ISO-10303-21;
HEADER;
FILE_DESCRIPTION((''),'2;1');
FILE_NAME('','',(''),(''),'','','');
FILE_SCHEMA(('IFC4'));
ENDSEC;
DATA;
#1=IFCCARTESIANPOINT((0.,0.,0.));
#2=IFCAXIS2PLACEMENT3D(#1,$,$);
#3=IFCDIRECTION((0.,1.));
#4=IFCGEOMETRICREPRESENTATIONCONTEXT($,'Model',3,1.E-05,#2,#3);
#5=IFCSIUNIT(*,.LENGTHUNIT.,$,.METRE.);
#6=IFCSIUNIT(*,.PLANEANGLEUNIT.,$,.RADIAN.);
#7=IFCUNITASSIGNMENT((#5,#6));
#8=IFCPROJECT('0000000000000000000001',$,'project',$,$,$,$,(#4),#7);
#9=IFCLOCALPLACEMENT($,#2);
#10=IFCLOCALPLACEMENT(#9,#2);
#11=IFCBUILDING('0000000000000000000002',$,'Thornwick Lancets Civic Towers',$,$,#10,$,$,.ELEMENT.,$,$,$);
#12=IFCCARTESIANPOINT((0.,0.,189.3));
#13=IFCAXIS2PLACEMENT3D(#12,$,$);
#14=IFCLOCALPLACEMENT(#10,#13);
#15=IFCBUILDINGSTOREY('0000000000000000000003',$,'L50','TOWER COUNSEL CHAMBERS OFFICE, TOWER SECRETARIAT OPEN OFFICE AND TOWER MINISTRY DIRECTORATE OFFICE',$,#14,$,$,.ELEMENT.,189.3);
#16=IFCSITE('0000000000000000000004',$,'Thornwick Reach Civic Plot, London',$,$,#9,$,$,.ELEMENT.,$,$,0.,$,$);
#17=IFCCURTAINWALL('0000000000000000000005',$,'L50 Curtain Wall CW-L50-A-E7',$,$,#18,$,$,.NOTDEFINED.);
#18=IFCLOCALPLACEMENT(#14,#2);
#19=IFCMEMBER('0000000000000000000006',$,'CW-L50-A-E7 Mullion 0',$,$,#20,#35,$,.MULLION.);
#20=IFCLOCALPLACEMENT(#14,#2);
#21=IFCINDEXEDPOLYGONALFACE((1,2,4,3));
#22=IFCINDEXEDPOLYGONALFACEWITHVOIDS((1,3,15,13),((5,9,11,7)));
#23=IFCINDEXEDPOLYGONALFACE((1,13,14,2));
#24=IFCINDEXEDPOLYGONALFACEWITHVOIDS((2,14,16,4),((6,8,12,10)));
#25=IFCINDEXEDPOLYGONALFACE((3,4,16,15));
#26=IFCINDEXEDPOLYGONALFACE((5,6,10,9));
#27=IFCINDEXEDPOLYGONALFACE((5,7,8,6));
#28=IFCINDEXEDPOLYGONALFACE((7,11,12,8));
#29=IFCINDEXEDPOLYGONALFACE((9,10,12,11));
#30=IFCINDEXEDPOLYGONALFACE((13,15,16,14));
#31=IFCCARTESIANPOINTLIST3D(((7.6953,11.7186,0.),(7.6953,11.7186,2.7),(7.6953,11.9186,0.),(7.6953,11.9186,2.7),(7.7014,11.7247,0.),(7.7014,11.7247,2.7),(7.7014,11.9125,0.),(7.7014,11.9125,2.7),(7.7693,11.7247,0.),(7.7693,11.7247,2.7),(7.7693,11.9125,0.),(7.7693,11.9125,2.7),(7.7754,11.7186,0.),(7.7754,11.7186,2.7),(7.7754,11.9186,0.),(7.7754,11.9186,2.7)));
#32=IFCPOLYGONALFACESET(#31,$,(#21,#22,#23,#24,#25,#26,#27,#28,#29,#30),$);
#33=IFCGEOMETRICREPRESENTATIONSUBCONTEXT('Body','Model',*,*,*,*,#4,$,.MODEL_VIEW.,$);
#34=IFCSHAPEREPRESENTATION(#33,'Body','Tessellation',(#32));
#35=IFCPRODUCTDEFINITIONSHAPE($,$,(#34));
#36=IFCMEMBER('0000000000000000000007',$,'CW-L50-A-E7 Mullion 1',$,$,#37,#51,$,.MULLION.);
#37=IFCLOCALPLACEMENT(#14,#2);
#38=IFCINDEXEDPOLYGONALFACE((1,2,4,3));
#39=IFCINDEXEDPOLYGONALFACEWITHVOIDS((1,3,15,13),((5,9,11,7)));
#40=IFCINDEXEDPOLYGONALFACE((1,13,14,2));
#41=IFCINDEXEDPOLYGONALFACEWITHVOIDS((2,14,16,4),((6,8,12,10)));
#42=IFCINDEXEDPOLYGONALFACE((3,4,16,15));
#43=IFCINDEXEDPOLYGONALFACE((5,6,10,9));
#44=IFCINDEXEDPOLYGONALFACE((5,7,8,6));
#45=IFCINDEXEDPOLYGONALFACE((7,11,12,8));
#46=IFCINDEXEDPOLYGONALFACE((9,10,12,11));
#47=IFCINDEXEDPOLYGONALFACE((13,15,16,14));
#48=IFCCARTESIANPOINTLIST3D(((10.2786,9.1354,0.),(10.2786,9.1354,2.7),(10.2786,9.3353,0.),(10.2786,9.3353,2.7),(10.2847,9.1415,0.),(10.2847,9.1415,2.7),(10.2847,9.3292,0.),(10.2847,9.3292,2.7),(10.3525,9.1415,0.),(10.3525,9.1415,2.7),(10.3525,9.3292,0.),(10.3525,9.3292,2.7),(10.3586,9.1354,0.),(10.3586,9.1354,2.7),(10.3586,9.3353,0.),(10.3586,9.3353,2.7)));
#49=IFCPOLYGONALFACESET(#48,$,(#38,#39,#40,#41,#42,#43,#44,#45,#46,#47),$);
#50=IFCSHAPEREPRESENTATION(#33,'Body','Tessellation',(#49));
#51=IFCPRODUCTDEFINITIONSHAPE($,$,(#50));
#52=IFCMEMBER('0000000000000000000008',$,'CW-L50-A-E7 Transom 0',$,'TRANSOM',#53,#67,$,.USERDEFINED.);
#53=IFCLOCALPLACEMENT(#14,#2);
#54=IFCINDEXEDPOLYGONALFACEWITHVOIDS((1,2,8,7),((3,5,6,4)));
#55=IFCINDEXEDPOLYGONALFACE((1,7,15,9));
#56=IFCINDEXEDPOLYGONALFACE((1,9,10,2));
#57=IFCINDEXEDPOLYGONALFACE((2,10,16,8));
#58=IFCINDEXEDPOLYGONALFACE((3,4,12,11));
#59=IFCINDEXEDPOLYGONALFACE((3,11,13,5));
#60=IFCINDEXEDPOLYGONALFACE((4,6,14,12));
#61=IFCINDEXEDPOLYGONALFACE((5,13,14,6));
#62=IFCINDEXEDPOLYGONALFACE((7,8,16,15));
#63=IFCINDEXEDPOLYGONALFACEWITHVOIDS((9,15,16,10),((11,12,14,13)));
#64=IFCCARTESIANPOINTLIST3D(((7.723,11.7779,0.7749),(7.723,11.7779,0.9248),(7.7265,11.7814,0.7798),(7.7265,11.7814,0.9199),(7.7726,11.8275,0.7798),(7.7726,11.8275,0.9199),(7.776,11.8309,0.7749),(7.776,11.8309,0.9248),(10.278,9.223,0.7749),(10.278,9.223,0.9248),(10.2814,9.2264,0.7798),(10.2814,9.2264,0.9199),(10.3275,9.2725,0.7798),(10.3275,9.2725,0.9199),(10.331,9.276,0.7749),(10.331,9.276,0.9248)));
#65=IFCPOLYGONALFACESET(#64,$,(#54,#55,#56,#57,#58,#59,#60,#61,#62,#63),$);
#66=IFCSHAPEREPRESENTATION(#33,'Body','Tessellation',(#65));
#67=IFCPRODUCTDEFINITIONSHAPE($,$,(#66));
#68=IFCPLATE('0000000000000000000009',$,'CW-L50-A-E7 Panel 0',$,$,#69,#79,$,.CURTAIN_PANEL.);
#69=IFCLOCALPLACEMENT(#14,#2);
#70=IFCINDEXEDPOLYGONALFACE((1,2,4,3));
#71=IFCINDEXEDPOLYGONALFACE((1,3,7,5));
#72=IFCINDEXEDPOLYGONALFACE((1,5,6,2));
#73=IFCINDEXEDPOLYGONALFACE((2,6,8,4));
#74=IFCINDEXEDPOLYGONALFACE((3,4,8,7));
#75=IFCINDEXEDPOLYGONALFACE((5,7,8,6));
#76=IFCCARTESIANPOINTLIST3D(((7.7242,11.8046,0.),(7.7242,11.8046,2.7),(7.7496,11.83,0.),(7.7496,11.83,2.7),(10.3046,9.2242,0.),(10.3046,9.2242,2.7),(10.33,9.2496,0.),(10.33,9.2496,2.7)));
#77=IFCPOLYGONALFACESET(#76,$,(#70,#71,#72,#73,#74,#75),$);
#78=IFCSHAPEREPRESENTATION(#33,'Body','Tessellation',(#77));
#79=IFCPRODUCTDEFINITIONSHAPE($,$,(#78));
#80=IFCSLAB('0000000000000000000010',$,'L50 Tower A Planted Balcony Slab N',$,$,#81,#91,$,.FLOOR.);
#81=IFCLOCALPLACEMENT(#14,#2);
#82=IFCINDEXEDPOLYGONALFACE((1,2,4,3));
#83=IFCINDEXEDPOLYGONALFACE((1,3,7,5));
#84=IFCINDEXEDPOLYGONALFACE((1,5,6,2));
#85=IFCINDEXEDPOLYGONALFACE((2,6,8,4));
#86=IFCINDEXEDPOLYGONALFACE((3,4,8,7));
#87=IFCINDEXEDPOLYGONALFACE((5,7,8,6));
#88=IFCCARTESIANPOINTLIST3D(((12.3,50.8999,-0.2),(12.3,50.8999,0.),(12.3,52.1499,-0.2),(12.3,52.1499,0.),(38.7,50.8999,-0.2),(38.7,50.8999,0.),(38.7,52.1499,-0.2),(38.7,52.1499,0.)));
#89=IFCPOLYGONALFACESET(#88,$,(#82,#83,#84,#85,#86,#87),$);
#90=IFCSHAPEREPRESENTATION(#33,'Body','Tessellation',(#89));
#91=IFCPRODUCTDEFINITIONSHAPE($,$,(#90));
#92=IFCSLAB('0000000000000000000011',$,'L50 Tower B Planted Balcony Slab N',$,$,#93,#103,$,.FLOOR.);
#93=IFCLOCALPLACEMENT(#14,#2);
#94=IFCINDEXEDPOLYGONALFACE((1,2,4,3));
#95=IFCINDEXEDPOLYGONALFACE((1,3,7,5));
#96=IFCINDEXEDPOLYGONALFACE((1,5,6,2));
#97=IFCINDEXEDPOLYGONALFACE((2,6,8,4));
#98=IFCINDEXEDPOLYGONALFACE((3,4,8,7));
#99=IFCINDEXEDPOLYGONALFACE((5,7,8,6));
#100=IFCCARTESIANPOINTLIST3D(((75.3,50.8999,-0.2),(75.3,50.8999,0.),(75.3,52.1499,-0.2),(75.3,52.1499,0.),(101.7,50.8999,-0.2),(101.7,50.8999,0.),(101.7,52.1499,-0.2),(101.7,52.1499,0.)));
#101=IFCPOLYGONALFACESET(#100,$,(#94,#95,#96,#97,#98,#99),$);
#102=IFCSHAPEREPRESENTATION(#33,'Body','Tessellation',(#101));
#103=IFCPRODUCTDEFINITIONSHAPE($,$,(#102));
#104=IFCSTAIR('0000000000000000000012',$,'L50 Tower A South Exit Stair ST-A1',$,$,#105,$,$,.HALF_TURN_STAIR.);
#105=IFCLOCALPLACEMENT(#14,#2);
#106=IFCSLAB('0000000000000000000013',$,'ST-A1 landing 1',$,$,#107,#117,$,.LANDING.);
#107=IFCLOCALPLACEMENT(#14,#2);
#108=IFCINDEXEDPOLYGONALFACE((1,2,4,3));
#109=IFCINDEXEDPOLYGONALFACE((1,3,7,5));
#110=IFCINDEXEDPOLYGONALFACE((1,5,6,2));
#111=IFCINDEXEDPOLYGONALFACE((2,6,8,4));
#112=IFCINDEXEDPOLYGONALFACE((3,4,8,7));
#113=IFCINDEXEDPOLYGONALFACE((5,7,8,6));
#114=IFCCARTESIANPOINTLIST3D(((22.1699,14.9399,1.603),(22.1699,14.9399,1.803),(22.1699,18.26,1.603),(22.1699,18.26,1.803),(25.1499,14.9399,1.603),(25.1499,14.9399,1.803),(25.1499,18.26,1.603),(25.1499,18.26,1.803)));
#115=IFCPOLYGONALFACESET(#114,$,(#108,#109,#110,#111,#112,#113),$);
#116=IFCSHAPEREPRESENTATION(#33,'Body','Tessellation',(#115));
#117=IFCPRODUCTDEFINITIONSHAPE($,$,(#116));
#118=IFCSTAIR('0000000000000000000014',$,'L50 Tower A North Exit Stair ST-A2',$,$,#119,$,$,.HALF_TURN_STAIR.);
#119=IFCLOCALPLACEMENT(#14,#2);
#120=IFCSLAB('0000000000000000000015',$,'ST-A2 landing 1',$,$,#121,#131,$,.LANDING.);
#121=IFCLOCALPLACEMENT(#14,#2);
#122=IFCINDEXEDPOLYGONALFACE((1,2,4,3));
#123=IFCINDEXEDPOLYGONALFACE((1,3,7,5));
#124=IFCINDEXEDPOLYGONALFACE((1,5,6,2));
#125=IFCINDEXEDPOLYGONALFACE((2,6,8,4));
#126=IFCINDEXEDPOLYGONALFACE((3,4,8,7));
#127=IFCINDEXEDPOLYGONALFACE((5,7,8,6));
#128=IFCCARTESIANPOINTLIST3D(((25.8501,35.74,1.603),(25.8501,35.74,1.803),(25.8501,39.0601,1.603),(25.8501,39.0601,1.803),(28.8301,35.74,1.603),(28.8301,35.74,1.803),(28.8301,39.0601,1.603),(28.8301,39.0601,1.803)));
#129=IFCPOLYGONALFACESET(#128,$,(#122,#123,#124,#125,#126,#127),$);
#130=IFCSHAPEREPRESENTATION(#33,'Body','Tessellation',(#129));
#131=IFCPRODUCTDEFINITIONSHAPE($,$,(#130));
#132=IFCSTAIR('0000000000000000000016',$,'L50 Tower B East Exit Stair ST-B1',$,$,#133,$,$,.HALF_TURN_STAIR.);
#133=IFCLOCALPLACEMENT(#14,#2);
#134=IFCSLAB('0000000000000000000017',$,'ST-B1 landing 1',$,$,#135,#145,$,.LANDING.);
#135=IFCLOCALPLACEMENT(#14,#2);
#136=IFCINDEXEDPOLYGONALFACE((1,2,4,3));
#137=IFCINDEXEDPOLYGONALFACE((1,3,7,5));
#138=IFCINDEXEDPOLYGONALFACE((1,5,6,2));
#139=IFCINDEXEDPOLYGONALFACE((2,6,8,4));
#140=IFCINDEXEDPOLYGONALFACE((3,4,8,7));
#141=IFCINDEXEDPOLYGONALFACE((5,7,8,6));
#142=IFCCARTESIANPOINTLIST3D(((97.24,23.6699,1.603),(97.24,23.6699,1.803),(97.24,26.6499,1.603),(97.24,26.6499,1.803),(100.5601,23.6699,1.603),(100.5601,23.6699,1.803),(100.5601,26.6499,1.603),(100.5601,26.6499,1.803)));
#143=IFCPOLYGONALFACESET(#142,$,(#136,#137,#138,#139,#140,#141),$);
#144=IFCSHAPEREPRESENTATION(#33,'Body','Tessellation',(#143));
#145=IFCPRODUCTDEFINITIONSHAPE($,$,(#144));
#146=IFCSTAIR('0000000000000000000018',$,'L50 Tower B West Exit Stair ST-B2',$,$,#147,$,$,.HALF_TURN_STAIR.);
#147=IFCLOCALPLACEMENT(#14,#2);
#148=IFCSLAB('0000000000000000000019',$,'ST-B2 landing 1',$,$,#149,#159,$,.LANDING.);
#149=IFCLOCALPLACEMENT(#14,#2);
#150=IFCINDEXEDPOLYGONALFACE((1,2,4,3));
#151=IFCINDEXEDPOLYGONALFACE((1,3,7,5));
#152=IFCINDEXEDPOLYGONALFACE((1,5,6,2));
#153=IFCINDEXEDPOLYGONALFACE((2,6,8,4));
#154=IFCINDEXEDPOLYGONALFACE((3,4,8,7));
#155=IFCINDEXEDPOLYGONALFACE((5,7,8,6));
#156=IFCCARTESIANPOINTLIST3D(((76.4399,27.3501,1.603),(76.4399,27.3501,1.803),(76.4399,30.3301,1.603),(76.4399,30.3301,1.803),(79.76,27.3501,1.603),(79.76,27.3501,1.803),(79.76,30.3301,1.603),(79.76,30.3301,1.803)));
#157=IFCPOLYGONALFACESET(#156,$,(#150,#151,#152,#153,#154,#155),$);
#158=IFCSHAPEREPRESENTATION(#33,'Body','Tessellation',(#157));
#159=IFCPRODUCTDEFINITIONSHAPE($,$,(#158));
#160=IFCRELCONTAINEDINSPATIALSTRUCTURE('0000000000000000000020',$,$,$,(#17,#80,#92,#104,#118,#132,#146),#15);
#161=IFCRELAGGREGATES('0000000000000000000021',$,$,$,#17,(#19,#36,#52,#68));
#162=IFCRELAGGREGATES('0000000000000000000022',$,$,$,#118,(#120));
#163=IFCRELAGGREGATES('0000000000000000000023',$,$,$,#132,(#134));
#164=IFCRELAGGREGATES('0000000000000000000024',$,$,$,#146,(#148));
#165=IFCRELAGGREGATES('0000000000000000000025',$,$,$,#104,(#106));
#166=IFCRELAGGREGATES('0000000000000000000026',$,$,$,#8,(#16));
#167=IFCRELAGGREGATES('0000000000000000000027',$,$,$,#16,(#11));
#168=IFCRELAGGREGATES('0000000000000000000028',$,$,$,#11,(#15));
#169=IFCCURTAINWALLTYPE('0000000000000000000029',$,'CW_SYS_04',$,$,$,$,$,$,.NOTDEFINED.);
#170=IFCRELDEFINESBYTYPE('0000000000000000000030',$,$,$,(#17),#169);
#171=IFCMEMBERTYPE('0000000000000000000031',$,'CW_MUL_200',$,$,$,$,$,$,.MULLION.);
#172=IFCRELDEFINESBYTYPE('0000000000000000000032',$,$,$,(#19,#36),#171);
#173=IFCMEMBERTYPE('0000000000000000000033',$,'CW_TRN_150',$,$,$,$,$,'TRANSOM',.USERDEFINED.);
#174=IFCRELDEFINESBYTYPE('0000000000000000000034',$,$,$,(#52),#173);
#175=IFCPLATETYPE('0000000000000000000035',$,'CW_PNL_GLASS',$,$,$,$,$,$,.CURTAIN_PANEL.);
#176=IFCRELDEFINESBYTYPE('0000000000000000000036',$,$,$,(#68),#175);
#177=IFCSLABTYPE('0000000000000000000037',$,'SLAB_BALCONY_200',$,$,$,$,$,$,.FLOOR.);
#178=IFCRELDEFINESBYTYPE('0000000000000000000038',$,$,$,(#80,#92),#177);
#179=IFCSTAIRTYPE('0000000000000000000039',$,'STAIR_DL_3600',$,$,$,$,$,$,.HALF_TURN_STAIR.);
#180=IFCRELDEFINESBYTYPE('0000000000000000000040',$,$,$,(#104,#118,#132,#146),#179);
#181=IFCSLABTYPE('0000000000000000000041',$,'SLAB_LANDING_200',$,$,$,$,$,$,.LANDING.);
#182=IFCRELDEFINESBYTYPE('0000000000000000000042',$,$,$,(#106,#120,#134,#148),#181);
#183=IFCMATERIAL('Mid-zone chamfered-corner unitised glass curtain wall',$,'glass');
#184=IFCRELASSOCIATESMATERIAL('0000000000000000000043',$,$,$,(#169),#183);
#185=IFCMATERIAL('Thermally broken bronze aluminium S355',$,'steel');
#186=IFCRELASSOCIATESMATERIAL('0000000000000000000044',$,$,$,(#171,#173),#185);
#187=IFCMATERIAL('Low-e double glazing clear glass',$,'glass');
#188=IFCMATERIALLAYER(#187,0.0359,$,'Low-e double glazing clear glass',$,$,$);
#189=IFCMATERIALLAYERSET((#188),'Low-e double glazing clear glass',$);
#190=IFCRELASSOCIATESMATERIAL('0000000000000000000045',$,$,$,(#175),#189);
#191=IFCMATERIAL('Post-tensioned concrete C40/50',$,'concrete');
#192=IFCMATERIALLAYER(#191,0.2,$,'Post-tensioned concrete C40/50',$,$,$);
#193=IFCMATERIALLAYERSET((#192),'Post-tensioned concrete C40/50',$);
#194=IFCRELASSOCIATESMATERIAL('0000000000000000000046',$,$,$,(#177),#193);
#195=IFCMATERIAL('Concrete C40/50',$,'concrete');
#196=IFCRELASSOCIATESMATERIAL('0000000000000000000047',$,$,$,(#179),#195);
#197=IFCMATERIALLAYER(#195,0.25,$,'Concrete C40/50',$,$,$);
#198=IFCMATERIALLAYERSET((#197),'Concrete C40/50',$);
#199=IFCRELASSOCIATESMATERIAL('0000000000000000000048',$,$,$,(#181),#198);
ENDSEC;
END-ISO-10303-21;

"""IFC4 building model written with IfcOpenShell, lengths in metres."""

from ifc_helpers import new_model, si_unit, direction, frame, origin, origin_2d, place, context, subcontext, project, spatial, polyline, rectangle, hollow_rectangle, outline, extrude, material, layer, layer_set, material_profile, profile_set, type_object, element, aggregate, save


model = new_model("IFC4")

# Units and contexts
model_context = context("Model", 3, precision=1e-05, world=origin(), true_north=direction((0.0, 1.0)))
body_context = subcontext(model_context, "Body", "Model", "MODEL_VIEW")
ifc_project = project(units=[si_unit("LENGTHUNIT", "METRE"), si_unit("PLANEANGLEUNIT", "RADIAN")], contexts=[model_context])

# Site, building, storey
site_placement = place(None, origin())
site = spatial("IfcSite", under=ifc_project, at=site_placement, Name="Thornwick Reach Civic Plot, London", CompositionType="ELEMENT", RefElevation=0.0)
building_placement = place(site_placement, origin())
building = spatial("IfcBuilding", under=site, at=building_placement, Name="Thornwick Lancets Civic Towers", CompositionType="ELEMENT")
storey_placement = place(building_placement, frame((0.0, 0.0, 189.3)))
storey = spatial("IfcBuildingStorey", under=building, at=storey_placement, Name="L50", Description="TOWER COUNSEL CHAMBERS OFFICE, TOWER SECRETARIAT OPEN OFFICE AND TOWER MINISTRY DIRECTORATE OFFICE", CompositionType="ELEMENT", Elevation=189.3)

# Curtain wall, members, plate
ifc_material_1 = material(Name="Mid-zone chamfered-corner unitised glass curtain wall", Category="glass")
curtain_wall_type = type_object("IfcCurtainWallType", Name="CW_SYS_04", PredefinedType="NOTDEFINED", material=ifc_material_1)
curtain_wall_placement = place(storey_placement, origin())
curtain_wall = element("IfcCurtainWall", 1, at=curtain_wall_placement, inside=storey, type_object=curtain_wall_type, Name="L50 Curtain Wall CW-L50-A-E7", PredefinedType="NOTDEFINED")
ifc_material_2 = material(Name="Thermally broken bronze aluminium S355", Category="steel")
ifc_material_profile_1 = material_profile(ifc_material_2, hollow_rectangle(XDim=0.0801, YDim=0.2, WallThickness=0.0061, at=origin_2d()), Name="RHS 200x80x6")
ifc_profile_set_1 = profile_set([ifc_material_profile_1], Name="Thermally broken bronze aluminium S355")
member_type_1 = type_object("IfcMemberType", Name="CW_MUL_200", PredefinedType="MULLION", material=ifc_profile_set_1)
member_1_placement = place(storey_placement, frame((7.7354, 11.8186, 0.0), z_axis=(0.0, 0.0, 1.0), x_axis=(1.0, 0.0, 0.0)))
member_1 = element("IfcMember", 2, at=member_1_placement, type_object=member_type_1, Name="CW-L50-A-E7 Mullion 0", PredefinedType="MULLION", context=body_context, shape_type="SweptSolid", body=[
    extrude(hollow_rectangle(XDim=0.0801, YDim=0.2, WallThickness=0.0061, at=origin_2d()), origin(), (0.0, 0.0, 1.0), 2.7),
])
member_2_placement = place(storey_placement, frame((10.3186, 9.2354, 0.0), z_axis=(0.0, 0.0, 1.0), x_axis=(1.0, 0.0, 0.0)))
member_2 = element("IfcMember", 3, at=member_2_placement, type_object=member_type_1, Name="CW-L50-A-E7 Mullion 1", PredefinedType="MULLION", context=body_context, shape_type="SweptSolid", body=[
    extrude(hollow_rectangle(XDim=0.0801, YDim=0.2, WallThickness=0.0061, at=origin_2d()), origin(), (0.0, 0.0, 1.0), 2.7),
])
ifc_material_profile_2 = material_profile(ifc_material_2, hollow_rectangle(XDim=0.075, YDim=0.1499, WallThickness=0.0049, at=origin_2d()), Name="RHS 150x75x5")
ifc_profile_set_2 = profile_set([ifc_material_profile_2], Name="Thermally broken bronze aluminium S355")
member_type_2 = type_object("IfcMemberType", Name="CW_TRN_150", ElementType="TRANSOM", PredefinedType="USERDEFINED", material=ifc_profile_set_2)
member_3_placement = place(storey_placement, frame((7.7495, 11.8044, 0.8499), z_axis=(0.707107, -0.707107, 0.0), x_axis=(0.707107, 0.707107, 0.0)))
member_3 = element("IfcMember", 4, at=member_3_placement, type_object=member_type_2, Name="CW-L50-A-E7 Transom 0", ObjectType="TRANSOM", PredefinedType="USERDEFINED", context=body_context, shape_type="SweptSolid", body=[
    extrude(hollow_rectangle(XDim=0.075, YDim=0.1499, WallThickness=0.0049, at=origin_2d()), origin(), (0.0, 0.0, 1.0), 3.6133),
])
ifc_material_3 = material(Name="Low-e double glazing clear glass", Category="glass")
ifc_layer_1 = layer(ifc_material_3, 0.0359, Name="Low-e double glazing clear glass")
ifc_layer_set_1 = layer_set([ifc_layer_1], Name="Low-e double glazing clear glass")
plate_type = type_object("IfcPlateType", Name="CW_PNL_GLASS", PredefinedType="CURTAIN_PANEL", material=ifc_layer_set_1)
plate_placement = place(storey_placement, frame((9.0271, 10.5271, 0.0), z_axis=(0.0, 0.0, 1.0), x_axis=(0.707107, -0.707107, 0.0)))
plate = element("IfcPlate", 5, at=plate_placement, type_object=plate_type, Name="CW-L50-A-E7 Panel 0", PredefinedType="CURTAIN_PANEL", context=body_context, shape_type="SweptSolid", body=[
    extrude(rectangle(XDim=3.6492, YDim=0.0359, at=origin_2d()), origin(), (0.0, 0.0, 1.0), 2.7),
])
aggregate(curtain_wall, [member_1, member_2, member_3, plate])

# Slabs
ifc_material_4 = material(Name="Post-tensioned concrete C40/50", Category="concrete")
ifc_layer_2 = layer(ifc_material_4, 0.2, Name="Post-tensioned concrete C40/50")
ifc_layer_set_2 = layer_set([ifc_layer_2], Name="Post-tensioned concrete C40/50")
slab_type_1 = type_object("IfcSlabType", Name="SLAB_BALCONY_200", PredefinedType="FLOOR", material=ifc_layer_set_2)
slab_1_placement = place(storey_placement, frame((0.0, 0.0, -0.2)))
element("IfcSlab", 6, at=slab_1_placement, inside=storey, type_object=slab_type_1, Name="L50 Tower A Planted Balcony Slab N", PredefinedType="FLOOR", context=body_context, shape_type="SweptSolid", body=[
    extrude(outline(polyline([(12.3, 50.8999), (38.7, 50.8999), (38.7, 52.1499), (12.3, 52.1499), (12.3, 50.8999)])), origin(), (0.0, 0.0, 1.0), 0.2),
])
slab_2_placement = place(storey_placement, frame((0.0, 0.0, -0.2)))
element("IfcSlab", 7, at=slab_2_placement, inside=storey, type_object=slab_type_1, Name="L50 Tower B Planted Balcony Slab N", PredefinedType="FLOOR", context=body_context, shape_type="SweptSolid", body=[
    extrude(outline(polyline([(75.3, 50.8999), (101.7, 50.8999), (101.7, 52.1499), (75.3, 52.1499), (75.3, 50.8999)])), origin(), (0.0, 0.0, 1.0), 0.2),
])

# Stairs, slabs
ifc_material_5 = material(Name="Concrete C40/50", Category="concrete")
stair_type = type_object("IfcStairType", Name="STAIR_DL_3600", PredefinedType="HALF_TURN_STAIR", material=ifc_material_5)
stair_1_placement = place(storey_placement, origin())
stair_1 = element("IfcStair", 8, at=stair_1_placement, inside=storey, type_object=stair_type, Name="L50 Tower A South Exit Stair ST-A1", PredefinedType="HALF_TURN_STAIR")
ifc_layer_3 = layer(ifc_material_5, 0.25, Name="Concrete C40/50")
ifc_layer_set_3 = layer_set([ifc_layer_3], Name="Concrete C40/50")
slab_type_2 = type_object("IfcSlabType", Name="SLAB_LANDING_200", PredefinedType="LANDING", material=ifc_layer_set_3)
slab_3_placement = place(storey_placement, frame((0.0, 0.0, 1.603)))
slab_3 = element("IfcSlab", 9, at=slab_3_placement, type_object=slab_type_2, Name="ST-A1 landing 1", PredefinedType="LANDING", context=body_context, shape_type="SweptSolid", body=[
    extrude(outline(polyline([(22.1699, 14.9399), (25.1499, 14.9399), (25.1499, 18.26), (22.1699, 18.26), (22.1699, 14.9399)])), origin(), (0.0, 0.0, 1.0), 0.2),
])
stair_2_placement = place(storey_placement, origin())
stair_2 = element("IfcStair", 10, at=stair_2_placement, inside=storey, type_object=stair_type, Name="L50 Tower A North Exit Stair ST-A2", PredefinedType="HALF_TURN_STAIR")
slab_4_placement = place(storey_placement, frame((0.0, 0.0, 1.603)))
slab_4 = element("IfcSlab", 11, at=slab_4_placement, type_object=slab_type_2, Name="ST-A2 landing 1", PredefinedType="LANDING", context=body_context, shape_type="SweptSolid", body=[
    extrude(outline(polyline([(28.8301, 39.0601), (25.8501, 39.0601), (25.8501, 35.74), (28.8301, 35.74), (28.8301, 39.0601)])), origin(), (0.0, 0.0, 1.0), 0.2),
])
aggregate(stair_2, [slab_4])
stair_3_placement = place(storey_placement, origin())
stair_3 = element("IfcStair", 12, at=stair_3_placement, inside=storey, type_object=stair_type, Name="L50 Tower B East Exit Stair ST-B1", PredefinedType="HALF_TURN_STAIR")
slab_5_placement = place(storey_placement, frame((0.0, 0.0, 1.603)))
slab_5 = element("IfcSlab", 13, at=slab_5_placement, type_object=slab_type_2, Name="ST-B1 landing 1", PredefinedType="LANDING", context=body_context, shape_type="SweptSolid", body=[
    extrude(outline(polyline([(100.5601, 23.6699), (100.5601, 26.6499), (97.24, 26.6499), (97.24, 23.6699), (100.5601, 23.6699)])), origin(), (0.0, 0.0, 1.0), 0.2),
])
aggregate(stair_3, [slab_5])
stair_4_placement = place(storey_placement, origin())
stair_4 = element("IfcStair", 14, at=stair_4_placement, inside=storey, type_object=stair_type, Name="L50 Tower B West Exit Stair ST-B2", PredefinedType="HALF_TURN_STAIR")
slab_6_placement = place(storey_placement, frame((0.0, 0.0, 1.603)))
slab_6 = element("IfcSlab", 15, at=slab_6_placement, type_object=slab_type_2, Name="ST-B2 landing 1", PredefinedType="LANDING", context=body_context, shape_type="SweptSolid", body=[
    extrude(outline(polyline([(76.4399, 30.3301), (76.4399, 27.3501), (79.76, 27.3501), (79.76, 30.3301), (76.4399, 30.3301)])), origin(), (0.0, 0.0, 1.0), 0.2),
])
aggregate(stair_4, [slab_6])

aggregate(stair_1, [slab_3])

save(model, "model.ifc")
